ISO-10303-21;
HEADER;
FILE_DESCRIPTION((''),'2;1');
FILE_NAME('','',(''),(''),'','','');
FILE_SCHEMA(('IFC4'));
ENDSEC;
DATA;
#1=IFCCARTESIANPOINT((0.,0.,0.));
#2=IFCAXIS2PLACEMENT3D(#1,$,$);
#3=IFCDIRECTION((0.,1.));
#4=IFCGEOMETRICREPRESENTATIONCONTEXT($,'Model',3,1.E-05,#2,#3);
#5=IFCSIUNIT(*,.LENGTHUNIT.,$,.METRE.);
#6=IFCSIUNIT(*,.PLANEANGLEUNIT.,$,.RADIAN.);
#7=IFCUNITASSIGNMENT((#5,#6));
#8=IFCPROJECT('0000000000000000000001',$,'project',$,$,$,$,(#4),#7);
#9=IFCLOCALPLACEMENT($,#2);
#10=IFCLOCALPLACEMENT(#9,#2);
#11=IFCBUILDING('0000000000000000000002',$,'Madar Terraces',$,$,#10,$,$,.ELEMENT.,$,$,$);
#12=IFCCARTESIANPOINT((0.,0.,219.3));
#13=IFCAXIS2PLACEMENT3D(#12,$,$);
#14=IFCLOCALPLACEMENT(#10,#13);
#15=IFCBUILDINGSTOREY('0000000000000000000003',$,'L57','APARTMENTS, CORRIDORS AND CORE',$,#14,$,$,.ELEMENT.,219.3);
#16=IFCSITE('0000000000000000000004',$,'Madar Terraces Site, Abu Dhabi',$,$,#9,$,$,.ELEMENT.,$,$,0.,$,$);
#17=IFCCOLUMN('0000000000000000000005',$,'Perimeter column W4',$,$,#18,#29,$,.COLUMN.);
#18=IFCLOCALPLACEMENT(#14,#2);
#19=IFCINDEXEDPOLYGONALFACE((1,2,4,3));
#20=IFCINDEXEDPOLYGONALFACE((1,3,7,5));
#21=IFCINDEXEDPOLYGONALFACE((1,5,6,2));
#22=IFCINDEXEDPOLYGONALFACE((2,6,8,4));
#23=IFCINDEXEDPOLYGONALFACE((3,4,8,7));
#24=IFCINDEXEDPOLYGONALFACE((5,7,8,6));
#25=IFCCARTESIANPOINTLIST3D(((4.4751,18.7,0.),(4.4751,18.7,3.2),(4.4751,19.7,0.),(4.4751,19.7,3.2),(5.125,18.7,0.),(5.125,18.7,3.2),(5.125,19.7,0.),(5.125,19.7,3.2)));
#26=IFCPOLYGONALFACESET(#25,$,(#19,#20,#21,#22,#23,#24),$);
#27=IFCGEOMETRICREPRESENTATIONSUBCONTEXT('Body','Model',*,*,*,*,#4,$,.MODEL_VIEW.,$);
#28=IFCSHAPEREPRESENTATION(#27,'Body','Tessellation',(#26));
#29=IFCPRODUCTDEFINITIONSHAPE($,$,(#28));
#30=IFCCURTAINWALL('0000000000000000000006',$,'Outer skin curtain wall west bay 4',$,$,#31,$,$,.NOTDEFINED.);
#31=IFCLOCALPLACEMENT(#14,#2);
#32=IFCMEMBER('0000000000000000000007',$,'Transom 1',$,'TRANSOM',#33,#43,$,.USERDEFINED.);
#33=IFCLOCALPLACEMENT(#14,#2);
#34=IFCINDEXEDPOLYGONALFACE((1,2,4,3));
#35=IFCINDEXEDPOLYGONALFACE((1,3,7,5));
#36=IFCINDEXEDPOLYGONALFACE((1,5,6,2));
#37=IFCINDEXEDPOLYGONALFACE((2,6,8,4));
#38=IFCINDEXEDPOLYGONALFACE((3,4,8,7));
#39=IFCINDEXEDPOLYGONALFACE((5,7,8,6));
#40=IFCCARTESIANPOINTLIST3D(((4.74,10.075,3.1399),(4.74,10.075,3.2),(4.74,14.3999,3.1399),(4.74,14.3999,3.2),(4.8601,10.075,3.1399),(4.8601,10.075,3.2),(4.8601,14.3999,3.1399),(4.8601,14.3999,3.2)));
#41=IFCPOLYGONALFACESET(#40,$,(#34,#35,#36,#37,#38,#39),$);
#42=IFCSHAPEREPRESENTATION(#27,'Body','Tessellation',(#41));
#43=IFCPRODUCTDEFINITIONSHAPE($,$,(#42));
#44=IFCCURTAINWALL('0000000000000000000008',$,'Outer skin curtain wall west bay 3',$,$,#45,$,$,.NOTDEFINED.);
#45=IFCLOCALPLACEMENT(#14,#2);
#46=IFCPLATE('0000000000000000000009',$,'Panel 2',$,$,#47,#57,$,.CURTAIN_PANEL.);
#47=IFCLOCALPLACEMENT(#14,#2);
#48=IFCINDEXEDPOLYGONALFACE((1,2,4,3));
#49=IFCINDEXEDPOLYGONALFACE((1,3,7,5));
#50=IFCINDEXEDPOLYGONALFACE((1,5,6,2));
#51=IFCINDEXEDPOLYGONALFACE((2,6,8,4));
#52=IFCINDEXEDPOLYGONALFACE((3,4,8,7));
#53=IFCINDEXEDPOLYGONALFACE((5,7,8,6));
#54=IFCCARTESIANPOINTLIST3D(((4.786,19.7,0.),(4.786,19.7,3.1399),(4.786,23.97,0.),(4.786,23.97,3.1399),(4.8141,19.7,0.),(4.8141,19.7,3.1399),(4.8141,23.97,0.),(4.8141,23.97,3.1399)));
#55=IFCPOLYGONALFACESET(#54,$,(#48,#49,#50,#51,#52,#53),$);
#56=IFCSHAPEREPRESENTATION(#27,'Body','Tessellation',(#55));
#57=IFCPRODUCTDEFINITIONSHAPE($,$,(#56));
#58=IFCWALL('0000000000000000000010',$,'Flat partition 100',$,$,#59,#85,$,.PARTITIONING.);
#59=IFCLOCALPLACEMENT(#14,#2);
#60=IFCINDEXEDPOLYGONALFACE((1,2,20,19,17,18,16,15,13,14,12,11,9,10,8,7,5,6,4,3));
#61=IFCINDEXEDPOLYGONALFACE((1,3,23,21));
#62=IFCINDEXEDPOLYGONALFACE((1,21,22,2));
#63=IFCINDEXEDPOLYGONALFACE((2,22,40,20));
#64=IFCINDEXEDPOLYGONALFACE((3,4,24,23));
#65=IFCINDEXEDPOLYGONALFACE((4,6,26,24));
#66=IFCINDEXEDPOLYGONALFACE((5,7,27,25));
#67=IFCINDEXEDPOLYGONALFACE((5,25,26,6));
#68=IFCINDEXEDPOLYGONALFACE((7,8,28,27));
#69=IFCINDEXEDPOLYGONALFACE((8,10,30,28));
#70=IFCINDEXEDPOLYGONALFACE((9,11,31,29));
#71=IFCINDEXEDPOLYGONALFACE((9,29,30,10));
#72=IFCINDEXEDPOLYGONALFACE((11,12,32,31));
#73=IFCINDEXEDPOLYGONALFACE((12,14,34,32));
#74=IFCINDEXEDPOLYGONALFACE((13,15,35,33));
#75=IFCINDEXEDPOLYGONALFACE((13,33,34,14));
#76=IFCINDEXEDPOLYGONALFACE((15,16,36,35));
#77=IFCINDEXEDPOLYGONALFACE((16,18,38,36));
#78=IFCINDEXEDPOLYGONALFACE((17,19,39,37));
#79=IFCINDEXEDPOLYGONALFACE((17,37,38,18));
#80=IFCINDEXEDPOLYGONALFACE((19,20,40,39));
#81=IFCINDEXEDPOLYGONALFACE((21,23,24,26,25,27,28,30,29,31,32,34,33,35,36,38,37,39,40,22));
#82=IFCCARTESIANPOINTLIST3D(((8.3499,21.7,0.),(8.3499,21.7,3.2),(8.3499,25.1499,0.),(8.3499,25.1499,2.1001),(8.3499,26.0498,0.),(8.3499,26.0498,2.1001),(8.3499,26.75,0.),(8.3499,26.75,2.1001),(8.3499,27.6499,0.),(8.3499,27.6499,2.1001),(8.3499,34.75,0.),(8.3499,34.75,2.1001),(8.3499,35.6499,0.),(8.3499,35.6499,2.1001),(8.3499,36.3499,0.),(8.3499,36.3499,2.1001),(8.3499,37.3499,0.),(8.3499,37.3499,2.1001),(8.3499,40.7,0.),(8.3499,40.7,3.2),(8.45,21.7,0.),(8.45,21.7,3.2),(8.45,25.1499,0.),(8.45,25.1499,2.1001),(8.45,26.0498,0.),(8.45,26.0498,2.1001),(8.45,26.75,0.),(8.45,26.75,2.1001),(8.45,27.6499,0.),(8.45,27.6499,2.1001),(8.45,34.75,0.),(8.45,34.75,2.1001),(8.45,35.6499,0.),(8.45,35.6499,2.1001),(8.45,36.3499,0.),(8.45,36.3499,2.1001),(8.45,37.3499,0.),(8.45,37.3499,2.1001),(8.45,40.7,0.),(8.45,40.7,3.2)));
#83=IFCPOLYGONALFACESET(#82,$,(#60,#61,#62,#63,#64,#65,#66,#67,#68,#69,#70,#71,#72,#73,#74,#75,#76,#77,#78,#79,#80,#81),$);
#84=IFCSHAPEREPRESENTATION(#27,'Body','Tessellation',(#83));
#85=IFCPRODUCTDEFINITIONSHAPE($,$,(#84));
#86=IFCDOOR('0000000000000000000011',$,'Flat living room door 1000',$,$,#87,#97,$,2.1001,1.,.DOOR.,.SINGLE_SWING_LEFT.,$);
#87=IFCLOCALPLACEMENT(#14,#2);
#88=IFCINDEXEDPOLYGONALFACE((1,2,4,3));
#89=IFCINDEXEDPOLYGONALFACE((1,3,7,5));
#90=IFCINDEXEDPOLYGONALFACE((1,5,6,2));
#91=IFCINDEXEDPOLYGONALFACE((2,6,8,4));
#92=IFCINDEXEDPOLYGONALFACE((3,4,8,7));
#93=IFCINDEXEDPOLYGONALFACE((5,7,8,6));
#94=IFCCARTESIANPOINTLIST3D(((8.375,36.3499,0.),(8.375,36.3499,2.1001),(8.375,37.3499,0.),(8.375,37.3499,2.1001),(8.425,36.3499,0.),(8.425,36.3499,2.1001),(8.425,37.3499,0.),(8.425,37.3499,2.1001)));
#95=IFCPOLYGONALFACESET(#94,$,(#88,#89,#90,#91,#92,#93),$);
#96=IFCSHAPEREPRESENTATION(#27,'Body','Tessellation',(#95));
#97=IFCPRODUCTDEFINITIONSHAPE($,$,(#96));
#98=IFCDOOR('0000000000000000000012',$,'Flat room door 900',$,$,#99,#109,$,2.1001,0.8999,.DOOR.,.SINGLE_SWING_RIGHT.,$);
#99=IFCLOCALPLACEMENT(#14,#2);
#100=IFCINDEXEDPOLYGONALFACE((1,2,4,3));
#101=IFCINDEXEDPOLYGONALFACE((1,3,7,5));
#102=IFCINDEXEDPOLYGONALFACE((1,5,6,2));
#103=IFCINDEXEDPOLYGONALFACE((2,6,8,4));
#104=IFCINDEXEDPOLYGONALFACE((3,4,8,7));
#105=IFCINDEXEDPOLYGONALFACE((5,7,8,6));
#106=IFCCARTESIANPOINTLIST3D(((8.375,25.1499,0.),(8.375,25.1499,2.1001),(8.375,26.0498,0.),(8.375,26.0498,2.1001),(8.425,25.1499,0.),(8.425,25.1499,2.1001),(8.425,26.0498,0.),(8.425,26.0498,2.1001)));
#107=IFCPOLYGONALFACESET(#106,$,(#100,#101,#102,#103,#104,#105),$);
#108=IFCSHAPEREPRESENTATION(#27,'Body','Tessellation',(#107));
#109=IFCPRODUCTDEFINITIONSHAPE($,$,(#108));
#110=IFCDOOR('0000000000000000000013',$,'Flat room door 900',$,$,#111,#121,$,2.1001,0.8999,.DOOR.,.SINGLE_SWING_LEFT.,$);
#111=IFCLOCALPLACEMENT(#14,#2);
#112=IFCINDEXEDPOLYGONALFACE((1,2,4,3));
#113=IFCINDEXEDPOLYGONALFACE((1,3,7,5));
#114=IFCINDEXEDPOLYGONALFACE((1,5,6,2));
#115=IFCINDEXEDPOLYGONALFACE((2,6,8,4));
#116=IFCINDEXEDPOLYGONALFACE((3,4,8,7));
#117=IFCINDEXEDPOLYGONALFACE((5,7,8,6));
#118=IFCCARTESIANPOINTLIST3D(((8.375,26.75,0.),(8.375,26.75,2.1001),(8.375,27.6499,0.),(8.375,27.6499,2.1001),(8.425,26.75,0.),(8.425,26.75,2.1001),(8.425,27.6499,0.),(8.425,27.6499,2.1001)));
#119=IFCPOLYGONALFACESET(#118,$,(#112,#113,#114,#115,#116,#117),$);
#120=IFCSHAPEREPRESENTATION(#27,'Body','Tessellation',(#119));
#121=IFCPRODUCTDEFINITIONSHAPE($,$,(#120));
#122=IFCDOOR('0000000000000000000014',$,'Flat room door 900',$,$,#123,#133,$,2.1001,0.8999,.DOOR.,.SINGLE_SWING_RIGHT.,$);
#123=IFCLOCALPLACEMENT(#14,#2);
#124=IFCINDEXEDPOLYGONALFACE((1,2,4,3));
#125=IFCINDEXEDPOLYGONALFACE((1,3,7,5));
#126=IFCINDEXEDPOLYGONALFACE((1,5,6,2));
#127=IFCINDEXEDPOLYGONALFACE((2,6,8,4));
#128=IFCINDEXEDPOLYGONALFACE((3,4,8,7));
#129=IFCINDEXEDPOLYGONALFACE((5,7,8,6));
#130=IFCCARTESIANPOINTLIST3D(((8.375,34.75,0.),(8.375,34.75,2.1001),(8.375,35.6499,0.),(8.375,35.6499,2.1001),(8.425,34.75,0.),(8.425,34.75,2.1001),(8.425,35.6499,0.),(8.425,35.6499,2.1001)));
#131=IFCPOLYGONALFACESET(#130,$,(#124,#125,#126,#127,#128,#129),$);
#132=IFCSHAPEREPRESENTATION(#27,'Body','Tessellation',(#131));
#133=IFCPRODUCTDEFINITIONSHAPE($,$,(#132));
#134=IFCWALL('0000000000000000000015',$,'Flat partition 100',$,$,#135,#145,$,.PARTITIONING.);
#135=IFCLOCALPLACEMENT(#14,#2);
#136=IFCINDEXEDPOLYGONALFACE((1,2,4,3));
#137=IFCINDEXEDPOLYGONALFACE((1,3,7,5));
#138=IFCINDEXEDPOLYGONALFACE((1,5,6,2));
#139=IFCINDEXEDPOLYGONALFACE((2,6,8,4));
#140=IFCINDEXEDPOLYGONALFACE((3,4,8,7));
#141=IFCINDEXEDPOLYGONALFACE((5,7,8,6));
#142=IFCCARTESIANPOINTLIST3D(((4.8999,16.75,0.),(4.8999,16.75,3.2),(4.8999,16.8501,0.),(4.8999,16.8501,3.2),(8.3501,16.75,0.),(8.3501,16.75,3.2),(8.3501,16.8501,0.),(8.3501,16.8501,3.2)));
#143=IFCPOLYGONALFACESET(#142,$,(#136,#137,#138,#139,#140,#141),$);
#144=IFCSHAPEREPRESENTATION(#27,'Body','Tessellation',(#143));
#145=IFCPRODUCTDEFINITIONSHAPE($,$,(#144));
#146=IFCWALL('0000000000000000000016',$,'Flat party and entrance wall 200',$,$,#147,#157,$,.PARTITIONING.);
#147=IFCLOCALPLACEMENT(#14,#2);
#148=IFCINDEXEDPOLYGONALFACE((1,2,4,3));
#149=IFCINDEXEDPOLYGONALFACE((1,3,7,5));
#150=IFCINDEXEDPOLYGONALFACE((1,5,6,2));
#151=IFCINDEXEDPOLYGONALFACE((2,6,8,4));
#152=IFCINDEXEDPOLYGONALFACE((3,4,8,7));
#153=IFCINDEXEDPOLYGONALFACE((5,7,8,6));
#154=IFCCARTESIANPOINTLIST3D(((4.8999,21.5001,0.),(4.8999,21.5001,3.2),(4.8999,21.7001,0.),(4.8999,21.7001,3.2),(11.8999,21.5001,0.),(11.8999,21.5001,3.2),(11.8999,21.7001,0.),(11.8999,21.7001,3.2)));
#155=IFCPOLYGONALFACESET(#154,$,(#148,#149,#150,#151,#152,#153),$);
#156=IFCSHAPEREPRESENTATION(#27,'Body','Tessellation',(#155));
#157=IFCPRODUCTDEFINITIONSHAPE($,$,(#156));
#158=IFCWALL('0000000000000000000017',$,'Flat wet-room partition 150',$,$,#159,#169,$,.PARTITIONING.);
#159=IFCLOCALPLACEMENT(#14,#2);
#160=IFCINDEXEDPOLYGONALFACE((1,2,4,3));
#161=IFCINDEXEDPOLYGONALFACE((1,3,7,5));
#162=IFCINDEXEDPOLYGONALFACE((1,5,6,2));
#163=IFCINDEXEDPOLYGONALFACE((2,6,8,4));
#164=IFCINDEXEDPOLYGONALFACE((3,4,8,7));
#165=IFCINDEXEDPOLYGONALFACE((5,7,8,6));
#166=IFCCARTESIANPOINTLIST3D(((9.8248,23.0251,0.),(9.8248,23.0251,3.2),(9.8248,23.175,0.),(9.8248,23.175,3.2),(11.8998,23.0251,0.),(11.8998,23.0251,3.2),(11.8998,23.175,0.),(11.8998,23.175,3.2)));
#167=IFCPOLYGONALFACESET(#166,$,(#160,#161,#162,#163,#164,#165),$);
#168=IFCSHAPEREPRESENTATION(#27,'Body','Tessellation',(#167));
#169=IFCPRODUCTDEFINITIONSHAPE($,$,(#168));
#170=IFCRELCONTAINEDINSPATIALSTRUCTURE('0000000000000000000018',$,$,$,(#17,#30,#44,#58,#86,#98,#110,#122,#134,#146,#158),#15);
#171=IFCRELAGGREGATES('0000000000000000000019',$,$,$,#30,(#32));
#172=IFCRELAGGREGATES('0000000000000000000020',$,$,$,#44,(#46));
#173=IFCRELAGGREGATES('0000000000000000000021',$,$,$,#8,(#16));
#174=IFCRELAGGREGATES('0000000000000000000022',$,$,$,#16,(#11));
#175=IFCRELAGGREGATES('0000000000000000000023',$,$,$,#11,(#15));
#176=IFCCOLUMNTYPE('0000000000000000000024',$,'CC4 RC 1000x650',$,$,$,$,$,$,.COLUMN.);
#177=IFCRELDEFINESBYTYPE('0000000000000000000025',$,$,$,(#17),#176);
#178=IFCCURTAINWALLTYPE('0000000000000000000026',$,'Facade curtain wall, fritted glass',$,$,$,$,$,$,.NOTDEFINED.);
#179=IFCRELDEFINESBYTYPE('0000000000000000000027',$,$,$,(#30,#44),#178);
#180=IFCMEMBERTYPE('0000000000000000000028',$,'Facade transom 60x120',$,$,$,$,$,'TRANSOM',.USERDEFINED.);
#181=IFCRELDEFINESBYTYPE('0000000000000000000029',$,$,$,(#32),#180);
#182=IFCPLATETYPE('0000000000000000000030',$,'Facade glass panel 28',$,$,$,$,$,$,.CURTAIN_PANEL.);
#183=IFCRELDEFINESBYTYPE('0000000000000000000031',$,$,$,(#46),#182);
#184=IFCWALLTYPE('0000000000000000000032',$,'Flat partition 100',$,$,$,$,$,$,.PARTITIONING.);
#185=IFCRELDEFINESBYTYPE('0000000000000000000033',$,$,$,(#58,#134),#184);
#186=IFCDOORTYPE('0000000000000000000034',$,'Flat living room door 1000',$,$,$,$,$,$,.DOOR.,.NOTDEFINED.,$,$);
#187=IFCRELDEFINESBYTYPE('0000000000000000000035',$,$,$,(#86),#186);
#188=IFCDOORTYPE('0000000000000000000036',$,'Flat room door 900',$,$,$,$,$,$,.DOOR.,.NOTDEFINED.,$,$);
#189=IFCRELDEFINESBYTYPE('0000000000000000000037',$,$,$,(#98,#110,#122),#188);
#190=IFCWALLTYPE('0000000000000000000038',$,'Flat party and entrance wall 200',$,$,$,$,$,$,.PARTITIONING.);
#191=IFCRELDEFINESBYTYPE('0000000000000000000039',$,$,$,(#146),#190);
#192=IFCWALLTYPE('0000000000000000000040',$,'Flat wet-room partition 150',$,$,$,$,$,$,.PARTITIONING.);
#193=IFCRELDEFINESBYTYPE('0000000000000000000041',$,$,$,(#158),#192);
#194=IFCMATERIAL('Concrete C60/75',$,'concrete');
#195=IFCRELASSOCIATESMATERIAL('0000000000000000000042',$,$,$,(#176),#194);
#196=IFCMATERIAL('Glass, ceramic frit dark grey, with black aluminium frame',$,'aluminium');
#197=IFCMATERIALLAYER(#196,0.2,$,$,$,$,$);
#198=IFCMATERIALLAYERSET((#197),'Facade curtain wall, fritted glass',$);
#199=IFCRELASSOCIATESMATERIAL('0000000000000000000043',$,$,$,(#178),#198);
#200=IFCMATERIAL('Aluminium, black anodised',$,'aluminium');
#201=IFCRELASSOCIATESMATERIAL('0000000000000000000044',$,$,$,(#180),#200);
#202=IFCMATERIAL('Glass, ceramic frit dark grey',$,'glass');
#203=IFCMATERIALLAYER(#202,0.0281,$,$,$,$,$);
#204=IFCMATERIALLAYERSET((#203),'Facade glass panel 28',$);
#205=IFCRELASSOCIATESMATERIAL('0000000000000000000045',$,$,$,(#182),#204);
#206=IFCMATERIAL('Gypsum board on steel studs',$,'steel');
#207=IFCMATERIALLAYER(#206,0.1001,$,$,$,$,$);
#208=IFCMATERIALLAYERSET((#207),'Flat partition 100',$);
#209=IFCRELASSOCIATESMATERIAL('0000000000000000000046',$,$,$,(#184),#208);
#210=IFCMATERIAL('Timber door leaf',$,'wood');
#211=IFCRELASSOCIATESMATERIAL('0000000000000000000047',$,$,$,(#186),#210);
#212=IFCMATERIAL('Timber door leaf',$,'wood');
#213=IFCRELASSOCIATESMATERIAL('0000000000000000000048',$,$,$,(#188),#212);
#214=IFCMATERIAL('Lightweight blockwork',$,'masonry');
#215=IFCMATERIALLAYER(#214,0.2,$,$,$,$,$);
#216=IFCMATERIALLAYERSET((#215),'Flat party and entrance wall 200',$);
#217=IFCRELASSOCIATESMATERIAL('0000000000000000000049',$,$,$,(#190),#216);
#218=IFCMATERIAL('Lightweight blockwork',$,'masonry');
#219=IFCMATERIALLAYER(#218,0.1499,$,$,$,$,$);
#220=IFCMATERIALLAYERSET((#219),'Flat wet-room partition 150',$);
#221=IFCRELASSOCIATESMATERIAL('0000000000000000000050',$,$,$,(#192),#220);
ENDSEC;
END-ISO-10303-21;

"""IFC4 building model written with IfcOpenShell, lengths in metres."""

from ifc_helpers import new_model, si_unit, direction, frame, frame_2d, origin, origin_2d, place, context, subcontext, project, spatial, rectangle, extrude, material, layer, layer_set, material_profile, profile_set, type_object, element, fill, aggregate, save


model = new_model("IFC4")

# Units and contexts
model_context = context("Model", 3, precision=1e-05, world=origin(), true_north=direction((0.0, 1.0)))
body_context = subcontext(model_context, "Body", "Model", "MODEL_VIEW")
ifc_project = project(units=[si_unit("LENGTHUNIT", "METRE"), si_unit("PLANEANGLEUNIT", "RADIAN")], contexts=[model_context])

# Site, building, storey
site_placement = place(None, origin())
site = spatial("IfcSite", under=ifc_project, at=site_placement, Name="Madar Terraces Site, Abu Dhabi", CompositionType="ELEMENT", RefElevation=0.0)
building_placement = place(site_placement, origin())
building = spatial("IfcBuilding", under=site, at=building_placement, Name="Madar Terraces", CompositionType="ELEMENT")
storey_placement = place(building_placement, frame((0.0, 0.0, 219.3)))
storey = spatial("IfcBuildingStorey", under=building, at=storey_placement, Name="L57", Description="APARTMENTS, CORRIDORS AND CORE", CompositionType="ELEMENT", Elevation=219.3)

# Column
ifc_material_1 = material(Name="Concrete C60/75", Category="concrete")
ifc_material_profile_1 = material_profile(ifc_material_1, rectangle(XDim=1.0, YDim=0.6499, at=origin_2d()), Name="CC4 RC 1000x650")
ifc_profile_set_1 = profile_set([ifc_material_profile_1], Name="Concrete C60/75")
column_type = type_object("IfcColumnType", Name="CC4 RC 1000x650", PredefinedType="COLUMN", material=ifc_profile_set_1)
column_placement = place(storey_placement, frame((4.8, 19.2, 0.0), z_axis=(0.0, 0.0, 1.0), x_axis=(0.0, 1.0, 0.0)))
element("IfcColumn", 1, at=column_placement, inside=storey, type_object=column_type, Name="Perimeter column W4", PredefinedType="COLUMN", context=body_context, shape_type="SweptSolid", body=[
    extrude(rectangle(XDim=1.0, YDim=0.6499, at=origin_2d()), origin(), (0.0, 0.0, 1.0), 3.2),
])

# Curtain wall, member
ifc_material_2 = material(Name="Glass, ceramic frit dark grey, with black aluminium frame", Category="aluminium")
ifc_layer_1 = layer(ifc_material_2, 0.2)
ifc_layer_set_1 = layer_set([ifc_layer_1], Name="Facade curtain wall, fritted glass")
curtain_wall_type = type_object("IfcCurtainWallType", Name="Facade curtain wall, fritted glass", PredefinedType="NOTDEFINED", material=ifc_layer_set_1)
curtain_wall_1_placement = place(storey_placement, origin())
curtain_wall_1 = element("IfcCurtainWall", 2, at=curtain_wall_1_placement, inside=storey, type_object=curtain_wall_type, Name="Outer skin curtain wall west bay 4", PredefinedType="NOTDEFINED")
ifc_material_3 = material(Name="Aluminium, black anodised", Category="aluminium")
ifc_material_profile_2 = material_profile(ifc_material_3, rectangle(XDim=0.1201, YDim=0.0601, at=origin_2d()), Name="Facade transom 60x120")
ifc_profile_set_2 = profile_set([ifc_material_profile_2], Name="Aluminium, black anodised")
member_type = type_object("IfcMemberType", Name="Facade transom 60x120", ElementType="TRANSOM", PredefinedType="USERDEFINED", material=ifc_profile_set_2)
member_placement = place(storey_placement, frame((4.8, 14.3999, 3.1699), z_axis=(0.0, -1.0, 0.0), x_axis=(1.0, 0.0, 0.0)))
member = element("IfcMember", 3, at=member_placement, type_object=member_type, Name="Transom 1", ObjectType="TRANSOM", PredefinedType="USERDEFINED", context=body_context, shape_type="SweptSolid", body=[
    extrude(rectangle(XDim=0.1201, YDim=0.0601, at=origin_2d()), origin(), (0.0, 0.0, 1.0), 4.325),
])
aggregate(curtain_wall_1, [member])

# Curtain wall, plate
curtain_wall_2_placement = place(storey_placement, origin())
curtain_wall_2 = element("IfcCurtainWall", 4, at=curtain_wall_2_placement, inside=storey, type_object=curtain_wall_type, Name="Outer skin curtain wall west bay 3", PredefinedType="NOTDEFINED")
ifc_material_4 = material(Name="Glass, ceramic frit dark grey", Category="glass")
ifc_layer_2 = layer(ifc_material_4, 0.0281)
ifc_layer_set_2 = layer_set([ifc_layer_2], Name="Facade glass panel 28")
plate_type = type_object("IfcPlateType", Name="Facade glass panel 28", PredefinedType="CURTAIN_PANEL", material=ifc_layer_set_2)
plate_placement = place(storey_placement, frame((4.8, 21.835, 0.0), z_axis=(0.0, 0.0, 1.0), x_axis=(0.0, -1.0, 0.0)))
plate = element("IfcPlate", 5, at=plate_placement, type_object=plate_type, Name="Panel 2", PredefinedType="CURTAIN_PANEL", context=body_context, shape_type="SweptSolid", body=[
    extrude(rectangle(XDim=4.27, YDim=0.0281, at=origin_2d()), origin(), (0.0, 0.0, 1.0), 3.1399),
])
aggregate(curtain_wall_2, [plate])

# Wall, openings, doors
ifc_material_5 = material(Name="Gypsum board on steel studs", Category="steel")
ifc_layer_3 = layer(ifc_material_5, 0.1001)
ifc_layer_set_3 = layer_set([ifc_layer_3], Name="Flat partition 100")
wall_type_1 = type_object("IfcWallType", Name="Flat partition 100", PredefinedType="PARTITIONING", material=ifc_layer_set_3)
wall_1_placement = place(storey_placement, frame((8.3999, 21.7, 0.0), z_axis=(0.0, 0.0, 1.0), x_axis=(0.0, 1.0, 0.0)))
wall_1 = element("IfcWall", 6, at=wall_1_placement, inside=storey, type_object=wall_type_1, Name="Flat partition 100", PredefinedType="PARTITIONING", context=body_context, shape_type="SweptSolid", body=[
    extrude(rectangle(XDim=19.0, YDim=0.1001, at=frame_2d((9.5, 0.0))), origin(), (0.0, 0.0, 1.0), 3.2),
])
opening_1_placement = place(wall_1_placement, frame((3.45, 0.0, 0.0)))
opening_1 = element("IfcOpeningElement", 7, at=opening_1_placement, cuts=wall_1, PredefinedType="OPENING", context=body_context, shape_type="SweptSolid", body=[
    extrude(rectangle(XDim=0.8999, YDim=2.1001, at=frame_2d((0.45, 1.05))), frame((0.0, 0.0601, 0.0), z_axis=(0.0, -1.0, 0.0), x_axis=(1.0, 0.0, 0.0)), (0.0, 0.0, 1.0), 0.1201),
])
opening_2_placement = place(wall_1_placement, frame((5.05, 0.0, 0.0)))
opening_2 = element("IfcOpeningElement", 8, at=opening_2_placement, cuts=wall_1, PredefinedType="OPENING", context=body_context, shape_type="SweptSolid", body=[
    extrude(rectangle(XDim=0.8999, YDim=2.1001, at=frame_2d((0.45, 1.05))), frame((0.0, 0.0601, 0.0), z_axis=(0.0, -1.0, 0.0), x_axis=(1.0, 0.0, 0.0)), (0.0, 0.0, 1.0), 0.1201),
])
opening_3_placement = place(wall_1_placement, frame((13.05, 0.0, 0.0)))
opening_3 = element("IfcOpeningElement", 9, at=opening_3_placement, cuts=wall_1, PredefinedType="OPENING", context=body_context, shape_type="SweptSolid", body=[
    extrude(rectangle(XDim=0.8999, YDim=2.1001, at=frame_2d((0.45, 1.05))), frame((0.0, 0.0601, 0.0), z_axis=(0.0, -1.0, 0.0), x_axis=(1.0, 0.0, 0.0)), (0.0, 0.0, 1.0), 0.1201),
])
opening_4_placement = place(wall_1_placement, frame((14.6499, 0.0, 0.0)))
opening_4 = element("IfcOpeningElement", 10, at=opening_4_placement, cuts=wall_1, PredefinedType="OPENING", context=body_context, shape_type="SweptSolid", body=[
    extrude(rectangle(XDim=1.0, YDim=2.1001, at=frame_2d((0.5, 1.05))), frame((0.0, 0.0601, 0.0), z_axis=(0.0, -1.0, 0.0), x_axis=(1.0, 0.0, 0.0)), (0.0, 0.0, 1.0), 0.1201),
])
ifc_material_6 = material(Name="Timber door leaf", Category="wood")
door_type_1 = type_object("IfcDoorType", Name="Flat living room door 1000", OperationType="NOTDEFINED", PredefinedType="DOOR", material=ifc_material_6)
door_1_placement = place(opening_4_placement, origin())
door_1 = element("IfcDoor", 11, at=door_1_placement, inside=storey, type_object=door_type_1, Name="Flat living room door 1000", OperationType="SINGLE_SWING_LEFT", OverallHeight=2.1001, OverallWidth=1.0, PredefinedType="DOOR", context=body_context, shape_type="SweptSolid", body=[
    extrude(rectangle(XDim=1.0, YDim=2.1001, at=frame_2d((0.5, 1.05))), frame((0.0, 0.0249, 0.0), z_axis=(0.0, -1.0, 0.0), x_axis=(1.0, 0.0, 0.0)), (0.0, 0.0, 1.0), 0.05),
])
fill(opening_4, door_1)
ifc_material_7 = material(Name="Timber door leaf", Category="wood")
door_type_2 = type_object("IfcDoorType", Name="Flat room door 900", OperationType="NOTDEFINED", PredefinedType="DOOR", material=ifc_material_7)
door_2_placement = place(opening_1_placement, origin())
door_2 = element("IfcDoor", 12, at=door_2_placement, inside=storey, type_object=door_type_2, Name="Flat room door 900", OperationType="SINGLE_SWING_RIGHT", OverallHeight=2.1001, OverallWidth=0.8999, PredefinedType="DOOR", context=body_context, shape_type="SweptSolid", body=[
    extrude(rectangle(XDim=0.8999, YDim=2.1001, at=frame_2d((0.45, 1.05))), frame((0.0, 0.0249, 0.0), z_axis=(0.0, -1.0, 0.0), x_axis=(1.0, 0.0, 0.0)), (0.0, 0.0, 1.0), 0.05),
])
fill(opening_1, door_2)
door_3_placement = place(opening_2_placement, origin())
door_3 = element("IfcDoor", 13, at=door_3_placement, inside=storey, type_object=door_type_2, Name="Flat room door 900", OperationType="SINGLE_SWING_LEFT", OverallHeight=2.1001, OverallWidth=0.8999, PredefinedType="DOOR", context=body_context, shape_type="SweptSolid", body=[
    extrude(rectangle(XDim=0.8999, YDim=2.1001, at=frame_2d((0.45, 1.05))), frame((0.0, 0.0249, 0.0), z_axis=(0.0, -1.0, 0.0), x_axis=(1.0, 0.0, 0.0)), (0.0, 0.0, 1.0), 0.05),
])
fill(opening_2, door_3)
door_4_placement = place(opening_3_placement, origin())
door_4 = element("IfcDoor", 14, at=door_4_placement, inside=storey, type_object=door_type_2, Name="Flat room door 900", OperationType="SINGLE_SWING_RIGHT", OverallHeight=2.1001, OverallWidth=0.8999, PredefinedType="DOOR", context=body_context, shape_type="SweptSolid", body=[
    extrude(rectangle(XDim=0.8999, YDim=2.1001, at=frame_2d((0.45, 1.05))), frame((0.0, 0.0249, 0.0), z_axis=(0.0, -1.0, 0.0), x_axis=(1.0, 0.0, 0.0)), (0.0, 0.0, 1.0), 0.05),
])
fill(opening_3, door_4)

# Walls
wall_2_placement = place(storey_placement, frame((8.3501, 16.8, 0.0), z_axis=(0.0, 0.0, 1.0), x_axis=(-1.0, 0.0, 0.0)))
element("IfcWall", 15, at=wall_2_placement, inside=storey, type_object=wall_type_1, Name="Flat partition 100", PredefinedType="PARTITIONING", context=body_context, shape_type="SweptSolid", body=[
    extrude(rectangle(XDim=3.4502, YDim=0.1001, at=frame_2d((1.7251, 0.0))), origin(), (0.0, 0.0, 1.0), 3.2),
])
ifc_material_8 = material(Name="Lightweight blockwork", Category="masonry")
ifc_layer_4 = layer(ifc_material_8, 0.2)
ifc_layer_set_4 = layer_set([ifc_layer_4], Name="Flat party and entrance wall 200")
wall_type_2 = type_object("IfcWallType", Name="Flat party and entrance wall 200", PredefinedType="PARTITIONING", material=ifc_layer_set_4)
wall_3_placement = place(storey_placement, frame((4.8999, 21.6001, 0.0), z_axis=(0.0, 0.0, 1.0), x_axis=(1.0, 0.0, 0.0)))
element("IfcWall", 16, at=wall_3_placement, inside=storey, type_object=wall_type_2, Name="Flat party and entrance wall 200", PredefinedType="PARTITIONING", context=body_context, shape_type="SweptSolid", body=[
    extrude(rectangle(XDim=7.0, YDim=0.2, at=frame_2d((3.5, 0.0))), origin(), (0.0, 0.0, 1.0), 3.2),
])
ifc_material_9 = material(Name="Lightweight blockwork", Category="masonry")
ifc_layer_5 = layer(ifc_material_9, 0.1499)
ifc_layer_set_5 = layer_set([ifc_layer_5], Name="Flat wet-room partition 150")
wall_type_3 = type_object("IfcWallType", Name="Flat wet-room partition 150", PredefinedType="PARTITIONING", material=ifc_layer_set_5)
wall_4_placement = place(storey_placement, frame((11.8999, 23.1001, 0.0), z_axis=(0.0, 0.0, 1.0), x_axis=(-1.0, 0.0, 0.0)))
element("IfcWall", 17, at=wall_4_placement, inside=storey, type_object=wall_type_3, Name="Flat wet-room partition 150", PredefinedType="PARTITIONING", context=body_context, shape_type="SweptSolid", body=[
    extrude(rectangle(XDim=2.075, YDim=0.1499, at=frame_2d((1.0376, 0.0))), origin(), (0.0, 0.0, 1.0), 3.2),
])

save(model, "model.ifc")
